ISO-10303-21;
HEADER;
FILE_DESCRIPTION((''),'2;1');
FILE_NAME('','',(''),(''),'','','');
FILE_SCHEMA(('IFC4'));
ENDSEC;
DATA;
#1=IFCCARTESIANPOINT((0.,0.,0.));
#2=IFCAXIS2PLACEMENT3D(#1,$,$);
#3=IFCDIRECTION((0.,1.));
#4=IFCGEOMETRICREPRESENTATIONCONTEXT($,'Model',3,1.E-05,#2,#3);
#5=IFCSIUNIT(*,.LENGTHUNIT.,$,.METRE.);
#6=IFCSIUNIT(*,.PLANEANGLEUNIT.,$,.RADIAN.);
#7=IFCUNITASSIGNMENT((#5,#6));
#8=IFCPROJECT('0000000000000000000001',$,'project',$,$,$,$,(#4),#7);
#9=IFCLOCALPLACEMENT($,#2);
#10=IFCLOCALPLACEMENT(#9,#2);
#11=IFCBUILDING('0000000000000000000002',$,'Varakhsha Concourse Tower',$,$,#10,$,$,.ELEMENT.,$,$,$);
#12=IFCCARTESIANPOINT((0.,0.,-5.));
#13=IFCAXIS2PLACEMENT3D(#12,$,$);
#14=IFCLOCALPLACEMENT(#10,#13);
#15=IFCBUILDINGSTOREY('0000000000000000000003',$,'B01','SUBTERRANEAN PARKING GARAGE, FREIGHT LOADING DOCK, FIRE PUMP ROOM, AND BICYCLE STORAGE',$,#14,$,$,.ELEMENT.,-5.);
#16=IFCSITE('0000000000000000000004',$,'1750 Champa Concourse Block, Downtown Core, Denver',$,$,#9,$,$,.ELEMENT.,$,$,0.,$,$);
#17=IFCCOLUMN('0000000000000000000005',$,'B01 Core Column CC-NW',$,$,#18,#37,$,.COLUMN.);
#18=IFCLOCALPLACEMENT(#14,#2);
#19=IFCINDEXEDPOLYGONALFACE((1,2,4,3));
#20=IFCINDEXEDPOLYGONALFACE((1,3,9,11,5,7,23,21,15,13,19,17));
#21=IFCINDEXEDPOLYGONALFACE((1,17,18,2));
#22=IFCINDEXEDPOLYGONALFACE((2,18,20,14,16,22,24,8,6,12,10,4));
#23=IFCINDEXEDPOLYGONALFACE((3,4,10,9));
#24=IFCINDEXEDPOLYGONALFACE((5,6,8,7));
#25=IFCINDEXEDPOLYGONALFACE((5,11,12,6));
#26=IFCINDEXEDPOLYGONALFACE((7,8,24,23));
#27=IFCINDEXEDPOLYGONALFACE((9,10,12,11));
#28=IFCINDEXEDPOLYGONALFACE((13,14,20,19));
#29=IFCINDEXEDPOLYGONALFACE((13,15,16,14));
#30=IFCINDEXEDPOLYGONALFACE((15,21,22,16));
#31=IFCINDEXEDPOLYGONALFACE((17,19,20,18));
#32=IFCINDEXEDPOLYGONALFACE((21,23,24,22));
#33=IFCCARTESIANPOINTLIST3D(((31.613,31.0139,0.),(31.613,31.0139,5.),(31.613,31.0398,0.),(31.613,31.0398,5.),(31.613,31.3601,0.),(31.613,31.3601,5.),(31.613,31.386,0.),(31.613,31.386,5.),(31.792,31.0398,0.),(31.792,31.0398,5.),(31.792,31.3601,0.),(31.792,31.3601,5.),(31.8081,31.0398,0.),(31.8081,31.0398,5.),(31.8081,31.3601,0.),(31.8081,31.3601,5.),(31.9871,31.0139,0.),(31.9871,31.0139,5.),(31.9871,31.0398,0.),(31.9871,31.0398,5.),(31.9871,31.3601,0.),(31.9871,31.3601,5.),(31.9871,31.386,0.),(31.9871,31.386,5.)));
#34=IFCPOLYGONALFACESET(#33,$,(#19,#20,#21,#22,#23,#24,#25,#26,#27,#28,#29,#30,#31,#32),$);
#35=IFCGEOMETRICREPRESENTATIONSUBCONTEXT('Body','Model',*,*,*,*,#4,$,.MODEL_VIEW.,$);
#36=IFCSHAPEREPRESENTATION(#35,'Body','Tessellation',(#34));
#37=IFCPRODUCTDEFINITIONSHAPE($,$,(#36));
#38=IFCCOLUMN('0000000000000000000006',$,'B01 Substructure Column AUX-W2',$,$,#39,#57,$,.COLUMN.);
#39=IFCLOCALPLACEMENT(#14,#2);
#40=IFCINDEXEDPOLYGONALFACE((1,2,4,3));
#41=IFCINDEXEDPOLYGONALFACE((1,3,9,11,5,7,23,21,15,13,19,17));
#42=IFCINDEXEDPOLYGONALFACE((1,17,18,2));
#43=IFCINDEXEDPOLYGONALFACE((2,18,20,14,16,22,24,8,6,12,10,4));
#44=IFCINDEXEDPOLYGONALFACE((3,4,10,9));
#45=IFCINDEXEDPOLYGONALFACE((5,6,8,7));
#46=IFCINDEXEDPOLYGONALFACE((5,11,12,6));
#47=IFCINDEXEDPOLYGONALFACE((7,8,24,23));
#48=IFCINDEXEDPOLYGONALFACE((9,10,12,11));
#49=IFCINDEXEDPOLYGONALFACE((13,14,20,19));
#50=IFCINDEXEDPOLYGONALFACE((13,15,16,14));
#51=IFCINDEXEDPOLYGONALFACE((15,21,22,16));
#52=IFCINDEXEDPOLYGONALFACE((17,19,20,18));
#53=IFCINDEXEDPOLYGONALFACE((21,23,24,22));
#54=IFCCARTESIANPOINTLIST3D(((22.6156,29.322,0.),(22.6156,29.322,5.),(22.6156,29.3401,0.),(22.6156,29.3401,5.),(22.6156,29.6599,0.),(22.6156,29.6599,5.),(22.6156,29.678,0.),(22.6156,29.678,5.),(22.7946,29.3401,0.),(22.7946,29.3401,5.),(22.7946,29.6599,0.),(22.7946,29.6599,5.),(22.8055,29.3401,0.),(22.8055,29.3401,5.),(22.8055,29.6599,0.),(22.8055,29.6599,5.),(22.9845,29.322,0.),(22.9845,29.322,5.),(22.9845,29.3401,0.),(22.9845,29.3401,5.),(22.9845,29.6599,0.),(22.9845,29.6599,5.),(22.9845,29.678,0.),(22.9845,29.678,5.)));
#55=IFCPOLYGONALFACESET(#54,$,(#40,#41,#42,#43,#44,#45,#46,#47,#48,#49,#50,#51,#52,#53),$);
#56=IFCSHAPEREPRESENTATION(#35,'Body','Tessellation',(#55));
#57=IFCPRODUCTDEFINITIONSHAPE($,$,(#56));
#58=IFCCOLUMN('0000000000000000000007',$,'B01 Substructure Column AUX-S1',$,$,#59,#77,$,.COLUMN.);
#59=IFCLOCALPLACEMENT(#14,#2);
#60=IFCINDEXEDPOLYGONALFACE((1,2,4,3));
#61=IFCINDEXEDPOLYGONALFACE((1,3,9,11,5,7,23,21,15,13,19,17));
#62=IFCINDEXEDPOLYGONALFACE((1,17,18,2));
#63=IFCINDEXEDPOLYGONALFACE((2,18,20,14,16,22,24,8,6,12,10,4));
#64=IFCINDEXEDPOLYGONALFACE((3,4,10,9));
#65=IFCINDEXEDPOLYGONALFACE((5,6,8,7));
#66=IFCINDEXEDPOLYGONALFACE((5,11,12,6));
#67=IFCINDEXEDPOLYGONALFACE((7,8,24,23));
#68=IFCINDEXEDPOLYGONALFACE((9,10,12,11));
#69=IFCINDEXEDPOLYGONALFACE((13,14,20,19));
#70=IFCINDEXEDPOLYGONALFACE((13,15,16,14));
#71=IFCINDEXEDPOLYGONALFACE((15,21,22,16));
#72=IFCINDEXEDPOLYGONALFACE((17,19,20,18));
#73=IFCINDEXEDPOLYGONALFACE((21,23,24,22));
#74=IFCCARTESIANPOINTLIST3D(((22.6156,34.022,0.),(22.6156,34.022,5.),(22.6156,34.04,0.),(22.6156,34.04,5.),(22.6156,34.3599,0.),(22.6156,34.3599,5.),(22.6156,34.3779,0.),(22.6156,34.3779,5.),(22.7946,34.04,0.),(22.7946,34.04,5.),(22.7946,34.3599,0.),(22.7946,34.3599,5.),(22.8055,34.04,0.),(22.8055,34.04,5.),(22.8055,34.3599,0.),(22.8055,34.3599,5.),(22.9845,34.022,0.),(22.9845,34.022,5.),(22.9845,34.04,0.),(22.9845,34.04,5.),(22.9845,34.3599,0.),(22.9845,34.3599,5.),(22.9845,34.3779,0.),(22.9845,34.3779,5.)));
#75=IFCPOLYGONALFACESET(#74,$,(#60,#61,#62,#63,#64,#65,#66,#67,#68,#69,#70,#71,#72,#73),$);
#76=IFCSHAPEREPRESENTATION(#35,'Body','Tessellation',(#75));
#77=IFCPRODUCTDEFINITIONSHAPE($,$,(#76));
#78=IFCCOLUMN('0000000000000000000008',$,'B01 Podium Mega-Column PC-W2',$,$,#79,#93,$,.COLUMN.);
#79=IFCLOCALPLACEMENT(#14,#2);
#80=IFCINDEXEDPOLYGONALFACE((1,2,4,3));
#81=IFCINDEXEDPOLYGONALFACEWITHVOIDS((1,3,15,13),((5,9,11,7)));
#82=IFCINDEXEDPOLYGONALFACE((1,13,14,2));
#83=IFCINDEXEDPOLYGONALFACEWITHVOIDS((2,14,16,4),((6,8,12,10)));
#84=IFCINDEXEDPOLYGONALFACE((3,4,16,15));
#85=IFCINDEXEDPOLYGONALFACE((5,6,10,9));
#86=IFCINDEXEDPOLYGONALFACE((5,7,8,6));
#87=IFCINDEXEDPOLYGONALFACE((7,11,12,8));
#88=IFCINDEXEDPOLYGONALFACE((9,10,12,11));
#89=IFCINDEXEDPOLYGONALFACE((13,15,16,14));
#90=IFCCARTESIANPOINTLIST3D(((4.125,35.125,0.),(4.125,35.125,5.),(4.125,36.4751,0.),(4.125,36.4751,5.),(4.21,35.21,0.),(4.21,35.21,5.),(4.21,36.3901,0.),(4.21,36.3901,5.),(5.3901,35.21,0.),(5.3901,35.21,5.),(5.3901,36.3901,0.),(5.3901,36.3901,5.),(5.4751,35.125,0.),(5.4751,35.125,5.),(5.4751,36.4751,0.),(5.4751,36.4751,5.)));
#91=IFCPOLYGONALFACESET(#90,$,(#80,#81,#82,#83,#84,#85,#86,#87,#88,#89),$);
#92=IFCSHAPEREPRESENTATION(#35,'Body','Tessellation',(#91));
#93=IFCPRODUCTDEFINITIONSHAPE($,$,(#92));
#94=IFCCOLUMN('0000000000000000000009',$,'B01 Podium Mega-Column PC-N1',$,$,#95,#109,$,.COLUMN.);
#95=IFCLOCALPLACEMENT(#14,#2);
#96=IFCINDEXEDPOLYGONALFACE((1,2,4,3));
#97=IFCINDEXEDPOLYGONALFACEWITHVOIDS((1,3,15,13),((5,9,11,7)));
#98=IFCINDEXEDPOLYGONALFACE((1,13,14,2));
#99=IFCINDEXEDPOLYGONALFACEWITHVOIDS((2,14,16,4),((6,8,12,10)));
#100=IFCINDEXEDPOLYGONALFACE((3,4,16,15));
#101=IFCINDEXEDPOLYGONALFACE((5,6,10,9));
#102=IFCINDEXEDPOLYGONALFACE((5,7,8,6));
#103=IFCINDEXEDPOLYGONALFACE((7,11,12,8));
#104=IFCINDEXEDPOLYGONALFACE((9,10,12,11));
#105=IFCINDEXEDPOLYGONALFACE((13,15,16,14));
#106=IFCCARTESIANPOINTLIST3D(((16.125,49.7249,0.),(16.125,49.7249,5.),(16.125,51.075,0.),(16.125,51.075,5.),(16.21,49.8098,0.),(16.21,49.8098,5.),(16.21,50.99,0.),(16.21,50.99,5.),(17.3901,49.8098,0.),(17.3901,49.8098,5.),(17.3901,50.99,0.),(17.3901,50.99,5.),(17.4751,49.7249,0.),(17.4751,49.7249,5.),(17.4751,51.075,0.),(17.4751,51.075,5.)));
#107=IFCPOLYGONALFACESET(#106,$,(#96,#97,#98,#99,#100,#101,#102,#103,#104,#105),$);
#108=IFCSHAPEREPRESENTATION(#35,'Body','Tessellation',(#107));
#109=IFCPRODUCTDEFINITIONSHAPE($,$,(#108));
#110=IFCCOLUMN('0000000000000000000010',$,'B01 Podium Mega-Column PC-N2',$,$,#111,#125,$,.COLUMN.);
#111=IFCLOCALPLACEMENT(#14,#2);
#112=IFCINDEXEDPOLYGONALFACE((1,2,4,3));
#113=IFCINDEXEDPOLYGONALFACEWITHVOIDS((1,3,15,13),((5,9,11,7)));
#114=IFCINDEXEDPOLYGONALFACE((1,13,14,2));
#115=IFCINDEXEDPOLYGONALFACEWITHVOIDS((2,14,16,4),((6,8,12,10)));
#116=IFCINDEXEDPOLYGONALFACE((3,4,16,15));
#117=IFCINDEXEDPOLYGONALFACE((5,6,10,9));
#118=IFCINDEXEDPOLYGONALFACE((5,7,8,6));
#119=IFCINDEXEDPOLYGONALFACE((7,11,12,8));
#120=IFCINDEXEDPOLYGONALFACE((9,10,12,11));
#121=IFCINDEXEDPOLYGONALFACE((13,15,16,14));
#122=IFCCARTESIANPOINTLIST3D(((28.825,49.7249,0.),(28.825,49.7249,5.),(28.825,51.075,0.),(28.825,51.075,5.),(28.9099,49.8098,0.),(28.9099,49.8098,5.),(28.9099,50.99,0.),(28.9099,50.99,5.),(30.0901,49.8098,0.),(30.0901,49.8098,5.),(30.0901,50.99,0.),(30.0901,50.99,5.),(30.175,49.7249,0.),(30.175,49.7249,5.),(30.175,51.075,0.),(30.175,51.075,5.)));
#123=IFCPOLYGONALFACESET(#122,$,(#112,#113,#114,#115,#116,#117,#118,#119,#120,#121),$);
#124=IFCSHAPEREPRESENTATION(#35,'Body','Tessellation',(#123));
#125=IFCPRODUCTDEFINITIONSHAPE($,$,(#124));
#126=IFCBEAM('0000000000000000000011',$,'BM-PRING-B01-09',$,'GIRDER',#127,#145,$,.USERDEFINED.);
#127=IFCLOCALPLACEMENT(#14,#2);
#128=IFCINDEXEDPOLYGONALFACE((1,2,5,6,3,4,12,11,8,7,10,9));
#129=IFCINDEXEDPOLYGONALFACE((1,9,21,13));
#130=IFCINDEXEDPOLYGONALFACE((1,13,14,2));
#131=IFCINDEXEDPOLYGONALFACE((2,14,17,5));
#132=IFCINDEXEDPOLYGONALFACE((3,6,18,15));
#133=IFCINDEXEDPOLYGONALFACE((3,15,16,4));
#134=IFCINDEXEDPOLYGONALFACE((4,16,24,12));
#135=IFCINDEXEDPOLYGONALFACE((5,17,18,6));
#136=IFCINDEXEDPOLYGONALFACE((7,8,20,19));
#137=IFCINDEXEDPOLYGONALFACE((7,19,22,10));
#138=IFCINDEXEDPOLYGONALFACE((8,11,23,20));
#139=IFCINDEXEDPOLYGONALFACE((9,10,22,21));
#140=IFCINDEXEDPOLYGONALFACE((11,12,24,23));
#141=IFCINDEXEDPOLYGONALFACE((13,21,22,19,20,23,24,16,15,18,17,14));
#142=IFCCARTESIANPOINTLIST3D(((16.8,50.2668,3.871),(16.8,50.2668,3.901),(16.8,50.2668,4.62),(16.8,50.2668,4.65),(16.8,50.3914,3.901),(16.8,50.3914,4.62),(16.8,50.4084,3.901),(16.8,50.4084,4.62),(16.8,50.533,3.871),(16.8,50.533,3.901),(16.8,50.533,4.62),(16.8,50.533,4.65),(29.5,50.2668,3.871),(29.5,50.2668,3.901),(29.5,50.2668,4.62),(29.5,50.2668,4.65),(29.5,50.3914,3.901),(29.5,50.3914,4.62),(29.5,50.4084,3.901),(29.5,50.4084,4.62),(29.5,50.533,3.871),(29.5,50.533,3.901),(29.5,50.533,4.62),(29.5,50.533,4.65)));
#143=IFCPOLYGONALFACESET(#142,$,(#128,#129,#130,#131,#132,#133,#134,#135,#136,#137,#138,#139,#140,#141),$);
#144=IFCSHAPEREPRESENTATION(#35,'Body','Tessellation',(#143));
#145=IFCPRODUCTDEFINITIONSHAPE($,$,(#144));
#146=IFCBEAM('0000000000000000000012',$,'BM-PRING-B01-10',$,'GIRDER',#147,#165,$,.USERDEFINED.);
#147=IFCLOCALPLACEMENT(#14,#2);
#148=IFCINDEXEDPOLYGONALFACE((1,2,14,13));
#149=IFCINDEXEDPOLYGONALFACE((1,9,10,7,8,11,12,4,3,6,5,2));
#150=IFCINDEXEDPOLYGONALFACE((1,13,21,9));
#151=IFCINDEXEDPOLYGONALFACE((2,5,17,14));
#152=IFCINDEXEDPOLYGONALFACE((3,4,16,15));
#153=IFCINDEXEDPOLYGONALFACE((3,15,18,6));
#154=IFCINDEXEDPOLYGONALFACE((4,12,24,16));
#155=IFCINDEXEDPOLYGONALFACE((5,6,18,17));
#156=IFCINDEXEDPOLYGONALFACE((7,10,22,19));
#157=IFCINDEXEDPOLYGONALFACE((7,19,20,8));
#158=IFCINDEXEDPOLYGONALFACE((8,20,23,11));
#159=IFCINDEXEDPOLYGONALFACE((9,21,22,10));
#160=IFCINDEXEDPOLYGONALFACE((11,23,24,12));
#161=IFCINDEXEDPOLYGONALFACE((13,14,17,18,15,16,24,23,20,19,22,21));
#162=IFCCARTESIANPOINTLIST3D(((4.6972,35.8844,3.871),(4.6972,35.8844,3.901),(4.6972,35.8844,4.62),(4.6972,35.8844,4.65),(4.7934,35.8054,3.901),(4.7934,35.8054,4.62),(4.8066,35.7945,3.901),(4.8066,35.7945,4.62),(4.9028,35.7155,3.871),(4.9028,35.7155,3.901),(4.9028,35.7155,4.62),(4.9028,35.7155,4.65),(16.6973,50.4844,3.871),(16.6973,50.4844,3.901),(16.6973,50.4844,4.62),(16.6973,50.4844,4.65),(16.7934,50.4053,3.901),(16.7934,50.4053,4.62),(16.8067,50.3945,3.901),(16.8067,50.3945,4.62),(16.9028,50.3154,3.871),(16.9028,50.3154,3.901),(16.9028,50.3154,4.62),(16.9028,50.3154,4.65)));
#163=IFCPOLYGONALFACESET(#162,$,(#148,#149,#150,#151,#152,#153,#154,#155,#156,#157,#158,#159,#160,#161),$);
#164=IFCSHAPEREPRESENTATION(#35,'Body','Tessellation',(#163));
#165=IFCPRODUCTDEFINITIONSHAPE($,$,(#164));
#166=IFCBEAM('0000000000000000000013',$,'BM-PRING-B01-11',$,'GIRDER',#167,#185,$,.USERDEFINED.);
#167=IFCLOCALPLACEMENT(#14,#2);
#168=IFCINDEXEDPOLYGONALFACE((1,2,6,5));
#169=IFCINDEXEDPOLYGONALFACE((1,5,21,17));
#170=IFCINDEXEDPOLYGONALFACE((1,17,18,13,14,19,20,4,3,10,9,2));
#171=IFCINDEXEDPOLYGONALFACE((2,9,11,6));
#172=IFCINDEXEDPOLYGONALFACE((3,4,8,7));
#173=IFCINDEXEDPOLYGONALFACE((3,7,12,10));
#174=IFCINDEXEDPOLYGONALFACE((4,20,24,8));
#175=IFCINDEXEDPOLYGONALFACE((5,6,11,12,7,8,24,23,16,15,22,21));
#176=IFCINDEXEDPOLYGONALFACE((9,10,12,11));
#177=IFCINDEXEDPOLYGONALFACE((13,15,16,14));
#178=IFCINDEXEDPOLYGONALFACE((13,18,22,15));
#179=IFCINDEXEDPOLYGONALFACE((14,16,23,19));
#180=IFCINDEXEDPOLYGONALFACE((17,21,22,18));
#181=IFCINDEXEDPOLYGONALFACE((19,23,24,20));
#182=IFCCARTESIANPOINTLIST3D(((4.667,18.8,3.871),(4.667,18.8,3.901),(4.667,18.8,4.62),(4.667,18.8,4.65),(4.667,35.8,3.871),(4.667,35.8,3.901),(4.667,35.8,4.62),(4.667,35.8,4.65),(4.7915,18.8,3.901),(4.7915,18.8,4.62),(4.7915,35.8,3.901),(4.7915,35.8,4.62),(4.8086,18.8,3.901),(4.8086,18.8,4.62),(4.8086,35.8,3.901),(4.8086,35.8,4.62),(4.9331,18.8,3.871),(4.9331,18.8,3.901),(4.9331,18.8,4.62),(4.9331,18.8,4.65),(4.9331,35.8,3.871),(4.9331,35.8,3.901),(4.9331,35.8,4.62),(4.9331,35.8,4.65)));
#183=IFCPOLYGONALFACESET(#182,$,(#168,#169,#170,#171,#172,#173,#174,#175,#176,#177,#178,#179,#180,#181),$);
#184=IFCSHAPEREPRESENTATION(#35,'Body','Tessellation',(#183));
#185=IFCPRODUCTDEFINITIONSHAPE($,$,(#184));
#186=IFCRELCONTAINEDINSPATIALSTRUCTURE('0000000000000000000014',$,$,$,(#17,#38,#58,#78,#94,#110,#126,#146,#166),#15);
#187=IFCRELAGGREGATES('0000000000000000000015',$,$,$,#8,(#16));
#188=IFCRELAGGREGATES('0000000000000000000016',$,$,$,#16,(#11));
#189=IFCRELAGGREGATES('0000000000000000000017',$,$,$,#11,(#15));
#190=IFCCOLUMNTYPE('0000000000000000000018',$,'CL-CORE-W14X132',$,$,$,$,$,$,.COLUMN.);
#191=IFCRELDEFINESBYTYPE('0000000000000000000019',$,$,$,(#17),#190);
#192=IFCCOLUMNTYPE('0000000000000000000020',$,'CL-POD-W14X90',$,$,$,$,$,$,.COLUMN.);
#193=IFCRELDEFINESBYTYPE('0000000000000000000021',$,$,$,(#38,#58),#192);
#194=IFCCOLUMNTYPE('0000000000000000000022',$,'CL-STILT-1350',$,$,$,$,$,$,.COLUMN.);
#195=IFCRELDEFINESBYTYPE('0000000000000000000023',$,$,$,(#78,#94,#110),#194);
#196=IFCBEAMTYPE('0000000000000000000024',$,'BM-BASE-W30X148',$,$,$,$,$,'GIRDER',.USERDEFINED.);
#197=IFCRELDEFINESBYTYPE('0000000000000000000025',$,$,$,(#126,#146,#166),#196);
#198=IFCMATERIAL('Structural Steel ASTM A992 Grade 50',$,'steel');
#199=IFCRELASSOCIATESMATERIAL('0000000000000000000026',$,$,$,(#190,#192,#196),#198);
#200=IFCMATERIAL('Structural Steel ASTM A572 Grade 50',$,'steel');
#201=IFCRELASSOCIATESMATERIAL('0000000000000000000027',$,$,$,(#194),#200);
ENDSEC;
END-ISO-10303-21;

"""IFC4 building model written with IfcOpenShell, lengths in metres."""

from ifc_helpers import new_model, si_unit, direction, frame, origin, origin_2d, place, context, subcontext, project, spatial, hollow_rectangle, i_section, extrude, material, material_profile, profile_set, type_object, element, save


model = new_model("IFC4")

# Units and contexts
model_context = context("Model", 3, precision=1e-05, world=origin(), true_north=direction((0.0, 1.0)))
body_context = subcontext(model_context, "Body", "Model", "MODEL_VIEW")
ifc_project = project(units=[si_unit("LENGTHUNIT", "METRE"), si_unit("PLANEANGLEUNIT", "RADIAN")], contexts=[model_context])

# Site, building, storey
site_placement = place(None, origin())
site = spatial("IfcSite", under=ifc_project, at=site_placement, Name="1750 Champa Concourse Block, Downtown Core, Denver", CompositionType="ELEMENT", RefElevation=0.0)
building_placement = place(site_placement, origin())
building = spatial("IfcBuilding", under=site, at=building_placement, Name="Varakhsha Concourse Tower", CompositionType="ELEMENT")
storey_placement = place(building_placement, frame((0.0, 0.0, -5.0)))
storey = spatial("IfcBuildingStorey", under=building, at=storey_placement, Name="B01", Description="SUBTERRANEAN PARKING GARAGE, FREIGHT LOADING DOCK, FIRE PUMP ROOM, AND BICYCLE STORAGE", CompositionType="ELEMENT", Elevation=-5.0)

# Columns
ifc_material_1 = material(Name="Structural Steel ASTM A992 Grade 50", Category="steel")
ifc_material_profile_1 = material_profile(ifc_material_1, i_section(OverallWidth=0.374, OverallDepth=0.3721, WebThickness=0.0161, FlangeThickness=0.0259, at=origin_2d()), Name="W14X132")
ifc_profile_set_1 = profile_set([ifc_material_profile_1], Name="Structural Steel ASTM A992 Grade 50")
column_type_1 = type_object("IfcColumnType", Name="CL-CORE-W14X132", PredefinedType="COLUMN", material=ifc_profile_set_1)
column_placement = place(storey_placement, frame((31.8, 31.2, 0.0), z_axis=(0.0, 0.0, 1.0), x_axis=(1.0, 0.0, 0.0)))
element("IfcColumn", 1, at=column_placement, inside=storey, type_object=column_type_1, Name="B01 Core Column CC-NW", PredefinedType="COLUMN", context=body_context, shape_type="SweptSolid", body=[
    extrude(i_section(OverallWidth=0.374, OverallDepth=0.3721, WebThickness=0.0161, FlangeThickness=0.0259, at=origin_2d()), origin(), (0.0, 0.0, 1.0), 5.0),
])
ifc_material_profile_2 = material_profile(ifc_material_1, i_section(OverallWidth=0.3689, OverallDepth=0.356, WebThickness=0.011, FlangeThickness=0.0181, at=origin_2d()), Name="W14X90")
ifc_profile_set_2 = profile_set([ifc_material_profile_2], Name="Structural Steel ASTM A992 Grade 50")
column_type_2 = type_object("IfcColumnType", Name="CL-POD-W14X90", PredefinedType="COLUMN", material=ifc_profile_set_2)
for number, where, z_axis, x_axis, name in (
    (2, (22.8, 29.5, 0.0), (0.0, 0.0, 1.0), (1.0, 0.0, 0.0), "B01 Substructure Column AUX-W2"),
    (3, (22.8, 34.2, 0.0), (0.0, 0.0, 1.0), (1.0, 0.0, 0.0), "B01 Substructure Column AUX-S1"),
):
    element("IfcColumn", number, at=place(storey_placement, frame(where, z_axis=z_axis, x_axis=x_axis)), inside=storey, type_object=column_type_2, Name=name, PredefinedType="COLUMN", context=body_context, shape_type="SweptSolid", body=[
        extrude(i_section(OverallWidth=0.3689, OverallDepth=0.356, WebThickness=0.011, FlangeThickness=0.0181, at=origin_2d()), origin(), (0.0, 0.0, 1.0), 5.0),
    ])
ifc_material_2 = material(Name="Structural Steel ASTM A572 Grade 50", Category="steel")
ifc_material_profile_3 = material_profile(ifc_material_2, hollow_rectangle(XDim=1.3501, YDim=1.3501, WallThickness=0.085, at=origin_2d()), Name="BOX 1350x1350x85")
ifc_profile_set_3 = profile_set([ifc_material_profile_3], Name="Structural Steel ASTM A572 Grade 50")
column_type_3 = type_object("IfcColumnType", Name="CL-STILT-1350", PredefinedType="COLUMN", material=ifc_profile_set_3)
for number, where, z_axis, x_axis, name in (
    (4, (4.8, 35.8, 0.0), (0.0, 0.0, 1.0), (1.0, 0.0, 0.0), "B01 Podium Mega-Column PC-W2"),
    (5, (16.8, 50.3999, 0.0), (0.0, 0.0, 1.0), (1.0, 0.0, 0.0), "B01 Podium Mega-Column PC-N1"),
    (6, (29.5, 50.3999, 0.0), (0.0, 0.0, 1.0), (1.0, 0.0, 0.0), "B01 Podium Mega-Column PC-N2"),
):
    element("IfcColumn", number, at=place(storey_placement, frame(where, z_axis=z_axis, x_axis=x_axis)), inside=storey, type_object=column_type_3, Name=name, PredefinedType="COLUMN", context=body_context, shape_type="SweptSolid", body=[
        extrude(hollow_rectangle(XDim=1.3501, YDim=1.3501, WallThickness=0.085, at=origin_2d()), origin(), (0.0, 0.0, 1.0), 5.0),
    ])

# Beams
ifc_material_profile_4 = material_profile(ifc_material_1, i_section(OverallWidth=0.2661, OverallDepth=0.7791, WebThickness=0.0171, FlangeThickness=0.03, at=origin_2d()), Name="W30X148")
ifc_profile_set_4 = profile_set([ifc_material_profile_4], Name="Structural Steel ASTM A992 Grade 50")
beam_type_1 = type_object("IfcBeamType", Name="BM-BASE-W30X148", ElementType="GIRDER", PredefinedType="USERDEFINED", material=ifc_profile_set_4)
beam_1_placement = place(storey_placement, frame((29.5, 50.3999, 4.2605), z_axis=(-1.0, 0.0, 0.0), x_axis=(0.0, -1.0, 0.0)))
element("IfcBeam", 7, at=beam_1_placement, inside=storey, type_object=beam_type_1, Name="BM-PRING-B01-09", ObjectType="GIRDER", PredefinedType="USERDEFINED", context=body_context, shape_type="SweptSolid", body=[
    extrude(i_section(OverallWidth=0.2661, OverallDepth=0.7791, WebThickness=0.0171, FlangeThickness=0.03, at=origin_2d()), origin(), (0.0, 0.0, 1.0), 12.7),
])
beam_2_placement = place(storey_placement, frame((16.8, 50.3999, 4.2605), z_axis=(-0.634969, -0.772538, 0.0), x_axis=(0.772538, -0.634969, 0.0)))
element("IfcBeam", 8, at=beam_2_placement, inside=storey, type_object=beam_type_1, Name="BM-PRING-B01-10", ObjectType="GIRDER", PredefinedType="USERDEFINED", context=body_context, shape_type="SweptSolid", body=[
    extrude(i_section(OverallWidth=0.2661, OverallDepth=0.7791, WebThickness=0.0171, FlangeThickness=0.03, at=origin_2d()), origin(), (0.0, 0.0, 1.0), 18.8987),
])
beam_3_placement = place(storey_placement, frame((4.8, 35.8, 4.2605), z_axis=(0.0, -1.0, 0.0), x_axis=(1.0, 0.0, 0.0)))
element("IfcBeam", 9, at=beam_3_placement, inside=storey, type_object=beam_type_1, Name="BM-PRING-B01-11", ObjectType="GIRDER", PredefinedType="USERDEFINED", context=body_context, shape_type="SweptSolid", body=[
    extrude(i_section(OverallWidth=0.2661, OverallDepth=0.7791, WebThickness=0.0171, FlangeThickness=0.03, at=origin_2d()), origin(), (0.0, 0.0, 1.0), 17.0),
])

save(model, "model.ifc")
